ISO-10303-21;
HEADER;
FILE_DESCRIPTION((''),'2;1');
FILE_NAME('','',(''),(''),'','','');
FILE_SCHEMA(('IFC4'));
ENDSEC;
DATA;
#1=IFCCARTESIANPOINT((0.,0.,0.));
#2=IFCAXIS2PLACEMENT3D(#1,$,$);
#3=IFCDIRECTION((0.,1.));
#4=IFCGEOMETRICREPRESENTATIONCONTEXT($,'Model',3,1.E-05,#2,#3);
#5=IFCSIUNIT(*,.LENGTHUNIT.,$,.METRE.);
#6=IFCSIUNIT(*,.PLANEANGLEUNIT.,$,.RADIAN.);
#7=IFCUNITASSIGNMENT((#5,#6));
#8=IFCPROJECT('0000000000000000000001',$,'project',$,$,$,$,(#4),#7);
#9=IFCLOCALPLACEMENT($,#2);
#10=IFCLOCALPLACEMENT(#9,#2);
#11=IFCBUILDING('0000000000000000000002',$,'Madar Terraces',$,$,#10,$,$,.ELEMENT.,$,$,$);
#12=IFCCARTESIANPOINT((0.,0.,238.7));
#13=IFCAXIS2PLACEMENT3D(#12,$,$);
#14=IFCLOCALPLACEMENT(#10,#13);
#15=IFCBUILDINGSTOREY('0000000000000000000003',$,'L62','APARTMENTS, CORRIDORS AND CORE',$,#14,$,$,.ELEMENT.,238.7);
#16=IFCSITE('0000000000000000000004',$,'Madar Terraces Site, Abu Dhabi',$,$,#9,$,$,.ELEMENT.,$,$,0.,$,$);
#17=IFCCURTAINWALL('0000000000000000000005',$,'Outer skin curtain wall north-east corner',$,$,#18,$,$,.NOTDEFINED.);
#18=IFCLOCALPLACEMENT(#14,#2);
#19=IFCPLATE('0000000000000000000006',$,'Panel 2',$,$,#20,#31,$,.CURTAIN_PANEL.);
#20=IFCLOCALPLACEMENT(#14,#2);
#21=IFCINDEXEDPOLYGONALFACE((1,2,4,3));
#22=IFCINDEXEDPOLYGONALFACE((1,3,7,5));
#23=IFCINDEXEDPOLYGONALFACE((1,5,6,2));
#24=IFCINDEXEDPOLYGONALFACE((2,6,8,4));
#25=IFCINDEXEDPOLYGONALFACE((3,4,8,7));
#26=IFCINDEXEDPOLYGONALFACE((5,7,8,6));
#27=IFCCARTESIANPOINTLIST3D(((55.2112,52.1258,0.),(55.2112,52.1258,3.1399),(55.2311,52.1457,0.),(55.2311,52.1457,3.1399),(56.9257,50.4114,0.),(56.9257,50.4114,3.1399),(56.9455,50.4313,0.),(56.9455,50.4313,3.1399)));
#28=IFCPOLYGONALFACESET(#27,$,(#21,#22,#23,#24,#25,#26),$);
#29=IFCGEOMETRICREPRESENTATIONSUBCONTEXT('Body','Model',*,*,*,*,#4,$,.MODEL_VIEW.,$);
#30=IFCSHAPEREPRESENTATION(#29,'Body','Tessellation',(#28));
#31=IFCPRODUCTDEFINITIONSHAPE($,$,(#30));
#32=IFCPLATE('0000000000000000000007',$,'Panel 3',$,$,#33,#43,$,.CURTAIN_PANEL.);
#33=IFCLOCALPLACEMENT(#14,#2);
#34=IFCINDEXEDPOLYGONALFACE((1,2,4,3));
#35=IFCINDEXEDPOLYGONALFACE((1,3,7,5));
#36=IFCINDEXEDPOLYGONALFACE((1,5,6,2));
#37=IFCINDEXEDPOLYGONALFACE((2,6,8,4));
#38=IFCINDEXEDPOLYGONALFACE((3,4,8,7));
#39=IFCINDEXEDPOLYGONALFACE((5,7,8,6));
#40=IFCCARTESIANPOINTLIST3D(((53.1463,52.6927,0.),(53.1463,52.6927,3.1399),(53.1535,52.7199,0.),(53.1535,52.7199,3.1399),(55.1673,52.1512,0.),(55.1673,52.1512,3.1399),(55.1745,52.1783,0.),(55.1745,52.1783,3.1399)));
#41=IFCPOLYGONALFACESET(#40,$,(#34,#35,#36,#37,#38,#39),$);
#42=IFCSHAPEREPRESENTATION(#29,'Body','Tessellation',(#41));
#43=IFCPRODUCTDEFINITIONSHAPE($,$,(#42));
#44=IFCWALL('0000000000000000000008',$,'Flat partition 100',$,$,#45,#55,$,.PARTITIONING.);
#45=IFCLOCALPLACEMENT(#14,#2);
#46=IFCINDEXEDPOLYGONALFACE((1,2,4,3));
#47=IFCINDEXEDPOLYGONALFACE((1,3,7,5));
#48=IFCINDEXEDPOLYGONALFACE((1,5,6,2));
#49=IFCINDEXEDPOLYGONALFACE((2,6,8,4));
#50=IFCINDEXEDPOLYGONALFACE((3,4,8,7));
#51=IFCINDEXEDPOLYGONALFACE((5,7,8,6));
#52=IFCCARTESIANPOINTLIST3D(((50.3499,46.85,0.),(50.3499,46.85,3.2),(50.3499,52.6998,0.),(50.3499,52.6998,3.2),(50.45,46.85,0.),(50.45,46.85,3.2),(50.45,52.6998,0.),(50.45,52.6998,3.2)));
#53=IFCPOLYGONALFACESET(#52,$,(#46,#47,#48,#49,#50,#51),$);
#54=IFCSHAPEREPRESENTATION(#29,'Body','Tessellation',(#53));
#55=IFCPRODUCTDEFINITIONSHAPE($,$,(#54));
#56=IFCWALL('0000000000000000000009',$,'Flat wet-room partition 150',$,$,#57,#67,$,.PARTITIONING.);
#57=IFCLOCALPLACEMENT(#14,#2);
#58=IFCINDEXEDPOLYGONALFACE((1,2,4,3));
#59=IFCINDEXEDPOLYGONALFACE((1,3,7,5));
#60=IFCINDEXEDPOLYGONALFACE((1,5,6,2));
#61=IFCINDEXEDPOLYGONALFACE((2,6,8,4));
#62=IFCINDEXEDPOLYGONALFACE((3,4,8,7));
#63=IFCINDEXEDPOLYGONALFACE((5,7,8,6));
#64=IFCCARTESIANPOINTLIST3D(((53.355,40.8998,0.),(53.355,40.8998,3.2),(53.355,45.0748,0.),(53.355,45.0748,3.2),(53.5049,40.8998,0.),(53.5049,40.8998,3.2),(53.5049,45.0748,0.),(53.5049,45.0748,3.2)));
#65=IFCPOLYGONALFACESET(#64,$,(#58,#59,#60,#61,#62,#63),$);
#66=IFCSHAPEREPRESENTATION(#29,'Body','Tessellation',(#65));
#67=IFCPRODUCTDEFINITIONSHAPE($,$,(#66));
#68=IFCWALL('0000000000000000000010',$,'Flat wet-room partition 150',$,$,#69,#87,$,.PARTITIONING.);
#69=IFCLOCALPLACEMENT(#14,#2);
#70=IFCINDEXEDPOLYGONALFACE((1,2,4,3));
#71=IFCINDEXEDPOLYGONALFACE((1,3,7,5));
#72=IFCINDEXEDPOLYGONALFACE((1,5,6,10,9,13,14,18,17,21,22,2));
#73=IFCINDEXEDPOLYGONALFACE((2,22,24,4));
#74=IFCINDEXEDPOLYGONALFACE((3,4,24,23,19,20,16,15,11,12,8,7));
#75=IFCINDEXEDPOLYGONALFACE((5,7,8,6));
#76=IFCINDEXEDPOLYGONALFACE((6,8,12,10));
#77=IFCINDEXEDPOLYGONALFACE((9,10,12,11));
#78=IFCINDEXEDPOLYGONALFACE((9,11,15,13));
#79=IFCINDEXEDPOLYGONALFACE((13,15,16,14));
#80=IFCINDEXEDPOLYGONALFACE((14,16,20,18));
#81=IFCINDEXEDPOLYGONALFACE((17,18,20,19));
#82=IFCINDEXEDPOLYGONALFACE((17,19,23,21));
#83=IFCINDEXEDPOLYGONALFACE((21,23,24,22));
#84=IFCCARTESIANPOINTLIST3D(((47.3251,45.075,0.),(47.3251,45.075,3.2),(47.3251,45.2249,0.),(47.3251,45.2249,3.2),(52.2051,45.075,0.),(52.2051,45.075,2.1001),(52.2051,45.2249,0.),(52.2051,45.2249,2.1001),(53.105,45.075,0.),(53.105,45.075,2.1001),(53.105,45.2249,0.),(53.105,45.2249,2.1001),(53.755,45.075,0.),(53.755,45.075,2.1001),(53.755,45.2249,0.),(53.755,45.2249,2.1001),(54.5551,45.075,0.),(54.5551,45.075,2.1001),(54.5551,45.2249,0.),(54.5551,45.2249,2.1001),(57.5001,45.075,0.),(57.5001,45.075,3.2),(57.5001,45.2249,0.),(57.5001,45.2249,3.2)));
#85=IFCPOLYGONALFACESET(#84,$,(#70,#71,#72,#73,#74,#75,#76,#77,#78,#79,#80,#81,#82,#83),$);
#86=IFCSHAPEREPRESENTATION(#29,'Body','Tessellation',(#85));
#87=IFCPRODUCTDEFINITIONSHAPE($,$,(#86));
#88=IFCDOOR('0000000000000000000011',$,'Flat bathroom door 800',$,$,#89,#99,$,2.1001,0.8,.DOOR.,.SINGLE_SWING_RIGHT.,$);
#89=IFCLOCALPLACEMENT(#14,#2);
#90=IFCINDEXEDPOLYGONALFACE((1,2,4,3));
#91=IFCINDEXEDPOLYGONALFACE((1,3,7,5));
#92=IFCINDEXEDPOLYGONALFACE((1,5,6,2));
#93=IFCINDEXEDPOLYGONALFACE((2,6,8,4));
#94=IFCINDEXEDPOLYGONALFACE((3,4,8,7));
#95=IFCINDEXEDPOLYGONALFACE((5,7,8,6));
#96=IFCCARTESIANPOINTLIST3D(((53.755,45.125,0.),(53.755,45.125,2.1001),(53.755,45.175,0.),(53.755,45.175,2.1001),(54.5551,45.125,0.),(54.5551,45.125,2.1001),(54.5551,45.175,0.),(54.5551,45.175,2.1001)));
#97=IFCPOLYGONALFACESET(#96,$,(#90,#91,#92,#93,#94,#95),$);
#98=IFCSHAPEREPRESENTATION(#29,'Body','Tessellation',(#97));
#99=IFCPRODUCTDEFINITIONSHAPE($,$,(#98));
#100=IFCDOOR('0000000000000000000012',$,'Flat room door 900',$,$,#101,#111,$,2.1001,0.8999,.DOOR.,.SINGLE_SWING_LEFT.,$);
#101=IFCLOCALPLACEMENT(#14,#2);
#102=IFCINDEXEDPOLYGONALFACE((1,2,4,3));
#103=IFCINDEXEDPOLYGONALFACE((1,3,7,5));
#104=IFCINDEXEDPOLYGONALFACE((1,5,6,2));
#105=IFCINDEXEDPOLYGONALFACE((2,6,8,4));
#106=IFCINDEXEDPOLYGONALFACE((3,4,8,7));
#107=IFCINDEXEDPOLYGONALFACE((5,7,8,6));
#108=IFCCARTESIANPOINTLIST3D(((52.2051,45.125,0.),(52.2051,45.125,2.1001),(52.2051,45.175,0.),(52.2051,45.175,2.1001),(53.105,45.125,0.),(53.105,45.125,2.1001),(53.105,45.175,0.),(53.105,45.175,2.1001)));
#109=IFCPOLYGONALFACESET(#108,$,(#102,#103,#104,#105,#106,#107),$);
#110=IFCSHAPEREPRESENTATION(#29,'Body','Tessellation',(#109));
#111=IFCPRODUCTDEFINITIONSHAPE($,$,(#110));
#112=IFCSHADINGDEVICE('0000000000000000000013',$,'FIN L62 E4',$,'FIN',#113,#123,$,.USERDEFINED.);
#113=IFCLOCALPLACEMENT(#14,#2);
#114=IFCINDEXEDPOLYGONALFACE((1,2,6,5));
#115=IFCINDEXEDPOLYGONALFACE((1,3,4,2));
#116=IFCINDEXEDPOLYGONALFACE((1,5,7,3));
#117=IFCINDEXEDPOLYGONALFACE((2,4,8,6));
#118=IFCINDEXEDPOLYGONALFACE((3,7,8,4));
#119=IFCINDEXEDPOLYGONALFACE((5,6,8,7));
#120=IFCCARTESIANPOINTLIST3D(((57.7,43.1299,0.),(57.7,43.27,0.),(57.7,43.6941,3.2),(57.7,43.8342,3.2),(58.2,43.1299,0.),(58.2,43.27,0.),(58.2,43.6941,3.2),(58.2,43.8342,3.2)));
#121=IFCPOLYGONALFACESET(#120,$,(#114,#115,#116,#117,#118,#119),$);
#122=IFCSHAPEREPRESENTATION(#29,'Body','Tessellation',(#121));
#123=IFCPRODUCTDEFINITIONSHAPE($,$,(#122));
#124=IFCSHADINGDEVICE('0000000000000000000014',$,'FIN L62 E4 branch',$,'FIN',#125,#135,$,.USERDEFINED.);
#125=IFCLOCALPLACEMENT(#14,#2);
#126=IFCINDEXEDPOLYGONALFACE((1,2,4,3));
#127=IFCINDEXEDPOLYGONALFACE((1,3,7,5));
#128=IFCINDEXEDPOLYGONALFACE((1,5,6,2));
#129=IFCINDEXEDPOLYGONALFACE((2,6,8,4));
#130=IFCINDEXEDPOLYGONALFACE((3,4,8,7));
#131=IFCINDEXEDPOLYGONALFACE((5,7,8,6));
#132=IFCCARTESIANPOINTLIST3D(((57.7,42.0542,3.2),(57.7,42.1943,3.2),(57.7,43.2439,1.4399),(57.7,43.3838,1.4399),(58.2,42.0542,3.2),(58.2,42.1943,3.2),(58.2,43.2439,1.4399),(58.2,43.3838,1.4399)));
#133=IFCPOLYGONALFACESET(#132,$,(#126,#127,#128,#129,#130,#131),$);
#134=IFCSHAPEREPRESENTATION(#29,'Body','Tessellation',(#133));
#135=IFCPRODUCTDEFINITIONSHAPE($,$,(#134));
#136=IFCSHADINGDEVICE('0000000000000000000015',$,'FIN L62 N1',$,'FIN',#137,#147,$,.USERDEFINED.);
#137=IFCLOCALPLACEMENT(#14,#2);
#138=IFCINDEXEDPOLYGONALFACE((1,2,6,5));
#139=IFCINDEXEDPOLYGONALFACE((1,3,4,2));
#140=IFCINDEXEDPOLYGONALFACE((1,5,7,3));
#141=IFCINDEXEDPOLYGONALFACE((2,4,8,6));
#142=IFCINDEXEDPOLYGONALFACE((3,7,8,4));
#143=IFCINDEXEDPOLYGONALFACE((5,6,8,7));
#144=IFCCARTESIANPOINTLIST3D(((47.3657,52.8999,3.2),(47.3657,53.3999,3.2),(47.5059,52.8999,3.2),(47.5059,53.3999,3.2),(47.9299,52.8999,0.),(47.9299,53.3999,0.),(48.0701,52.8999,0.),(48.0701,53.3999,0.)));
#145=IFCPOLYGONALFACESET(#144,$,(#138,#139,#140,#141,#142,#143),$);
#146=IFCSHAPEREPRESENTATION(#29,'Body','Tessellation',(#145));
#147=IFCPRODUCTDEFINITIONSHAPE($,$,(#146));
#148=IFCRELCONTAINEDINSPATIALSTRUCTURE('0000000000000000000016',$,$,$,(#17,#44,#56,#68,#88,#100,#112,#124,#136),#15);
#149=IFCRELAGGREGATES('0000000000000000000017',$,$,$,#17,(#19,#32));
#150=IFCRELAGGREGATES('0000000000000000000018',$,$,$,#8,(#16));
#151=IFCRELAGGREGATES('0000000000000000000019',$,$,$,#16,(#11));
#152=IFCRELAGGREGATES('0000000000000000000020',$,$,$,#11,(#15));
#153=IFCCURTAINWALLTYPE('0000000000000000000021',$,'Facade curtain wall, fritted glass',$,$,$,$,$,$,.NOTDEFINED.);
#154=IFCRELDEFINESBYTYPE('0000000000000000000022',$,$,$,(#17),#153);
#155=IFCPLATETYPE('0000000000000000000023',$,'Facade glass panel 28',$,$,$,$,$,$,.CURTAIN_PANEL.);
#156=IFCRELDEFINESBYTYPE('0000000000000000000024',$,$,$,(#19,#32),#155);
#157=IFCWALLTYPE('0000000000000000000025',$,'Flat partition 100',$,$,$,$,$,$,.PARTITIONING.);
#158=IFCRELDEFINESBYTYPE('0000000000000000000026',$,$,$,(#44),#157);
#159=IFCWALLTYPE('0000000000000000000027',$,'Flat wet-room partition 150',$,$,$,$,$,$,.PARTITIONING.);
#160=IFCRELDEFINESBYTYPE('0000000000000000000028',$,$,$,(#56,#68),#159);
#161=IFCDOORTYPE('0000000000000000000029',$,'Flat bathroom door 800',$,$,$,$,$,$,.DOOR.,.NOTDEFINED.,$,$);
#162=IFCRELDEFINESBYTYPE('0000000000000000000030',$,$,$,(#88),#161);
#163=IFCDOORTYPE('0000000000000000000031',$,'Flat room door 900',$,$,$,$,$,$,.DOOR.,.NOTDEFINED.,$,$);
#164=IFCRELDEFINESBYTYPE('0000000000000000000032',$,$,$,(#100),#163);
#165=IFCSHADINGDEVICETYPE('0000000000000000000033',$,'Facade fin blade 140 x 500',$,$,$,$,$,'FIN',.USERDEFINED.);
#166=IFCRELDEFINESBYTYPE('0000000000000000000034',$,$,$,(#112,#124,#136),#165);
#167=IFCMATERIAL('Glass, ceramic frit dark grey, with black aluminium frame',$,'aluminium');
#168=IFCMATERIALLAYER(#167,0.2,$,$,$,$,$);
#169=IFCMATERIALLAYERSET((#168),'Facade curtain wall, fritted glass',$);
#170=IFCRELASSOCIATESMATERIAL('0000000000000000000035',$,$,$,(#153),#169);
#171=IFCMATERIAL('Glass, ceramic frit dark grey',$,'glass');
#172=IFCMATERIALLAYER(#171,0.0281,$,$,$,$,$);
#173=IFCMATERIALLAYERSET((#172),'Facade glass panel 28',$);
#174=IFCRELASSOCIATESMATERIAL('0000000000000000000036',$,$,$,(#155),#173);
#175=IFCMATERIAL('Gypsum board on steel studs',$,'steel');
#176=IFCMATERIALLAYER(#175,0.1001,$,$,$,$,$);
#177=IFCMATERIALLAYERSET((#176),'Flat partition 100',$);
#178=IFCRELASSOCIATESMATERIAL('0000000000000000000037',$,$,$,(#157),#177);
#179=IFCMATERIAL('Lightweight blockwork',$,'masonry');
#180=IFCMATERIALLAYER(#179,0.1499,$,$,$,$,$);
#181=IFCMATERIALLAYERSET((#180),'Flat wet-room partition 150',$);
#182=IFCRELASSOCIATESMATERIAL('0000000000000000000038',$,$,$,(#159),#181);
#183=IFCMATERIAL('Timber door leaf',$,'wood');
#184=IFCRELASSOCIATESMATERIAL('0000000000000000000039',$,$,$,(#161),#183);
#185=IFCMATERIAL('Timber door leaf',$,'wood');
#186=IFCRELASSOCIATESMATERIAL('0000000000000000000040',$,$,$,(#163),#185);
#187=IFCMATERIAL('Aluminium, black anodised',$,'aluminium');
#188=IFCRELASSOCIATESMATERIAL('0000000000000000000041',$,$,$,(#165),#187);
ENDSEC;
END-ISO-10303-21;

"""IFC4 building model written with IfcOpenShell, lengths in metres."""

from ifc_helpers import new_model, si_unit, direction, frame, frame_2d, origin, origin_2d, place, context, subcontext, project, spatial, polyline, rectangle, outline, extrude, material, layer, layer_set, type_object, element, fill, aggregate, save


model = new_model("IFC4")

# Units and contexts
model_context = context("Model", 3, precision=1e-05, world=origin(), true_north=direction((0.0, 1.0)))
body_context = subcontext(model_context, "Body", "Model", "MODEL_VIEW")
ifc_project = project(units=[si_unit("LENGTHUNIT", "METRE"), si_unit("PLANEANGLEUNIT", "RADIAN")], contexts=[model_context])

# Site, building, storey
site_placement = place(None, origin())
site = spatial("IfcSite", under=ifc_project, at=site_placement, Name="Madar Terraces Site, Abu Dhabi", CompositionType="ELEMENT", RefElevation=0.0)
building_placement = place(site_placement, origin())
building = spatial("IfcBuilding", under=site, at=building_placement, Name="Madar Terraces", CompositionType="ELEMENT")
storey_placement = place(building_placement, frame((0.0, 0.0, 238.7)))
storey = spatial("IfcBuildingStorey", under=building, at=storey_placement, Name="L62", Description="APARTMENTS, CORRIDORS AND CORE", CompositionType="ELEMENT", Elevation=238.7)

# Shared definitions
ifc_material_1 = material(Name="Glass, ceramic frit dark grey, with black aluminium frame", Category="aluminium")
ifc_layer_1 = layer(ifc_material_1, 0.2)
ifc_layer_set_1 = layer_set([ifc_layer_1], Name="Facade curtain wall, fritted glass")
curtain_wall_type = type_object("IfcCurtainWallType", Name="Facade curtain wall, fritted glass", PredefinedType="NOTDEFINED", material=ifc_layer_set_1)

# Curtain wall
curtain_wall_1_placement = place(storey_placement, origin())
curtain_wall_1 = element("IfcCurtainWall", 1, at=curtain_wall_1_placement, inside=storey, type_object=curtain_wall_type, Name="Outer skin curtain wall north-east corner", PredefinedType="NOTDEFINED")

# Plates
ifc_material_2 = material(Name="Glass, ceramic frit dark grey", Category="glass")
ifc_layer_2 = layer(ifc_material_2, 0.0281)
ifc_layer_set_2 = layer_set([ifc_layer_2], Name="Facade glass panel 28")
plate_type = type_object("IfcPlateType", Name="Facade glass panel 28", PredefinedType="CURTAIN_PANEL", material=ifc_layer_set_2)
plate_1_placement = place(storey_placement, frame((56.0784, 51.2786, 0.0), z_axis=(0.0, 0.0, 1.0), x_axis=(-0.707107, 0.707107, 0.0)))
plate_1 = element("IfcPlate", 2, at=plate_1_placement, type_object=plate_type, Name="Panel 2", PredefinedType="CURTAIN_PANEL", context=body_context, shape_type="SweptSolid", body=[
    extrude(rectangle(XDim=2.4246, YDim=0.0281, at=origin_2d()), origin(), (0.0, 0.0, 1.0), 3.1399),
])
plate_2_placement = place(storey_placement, frame((54.1604, 52.4355, 0.0), z_axis=(0.0, 0.0, 1.0), x_axis=(-0.965926, 0.258819, 0.0)))
plate_2 = element("IfcPlate", 3, at=plate_2_placement, type_object=plate_type, Name="Panel 3", PredefinedType="CURTAIN_PANEL", context=body_context, shape_type="SweptSolid", body=[
    extrude(rectangle(XDim=2.0923, YDim=0.0281, at=origin_2d()), origin(), (0.0, 0.0, 1.0), 3.1399),
])
aggregate(curtain_wall_1, [plate_1, plate_2])

# Walls
ifc_material_3 = material(Name="Gypsum board on steel studs", Category="steel")
ifc_layer_3 = layer(ifc_material_3, 0.1001)
ifc_layer_set_3 = layer_set([ifc_layer_3], Name="Flat partition 100")
wall_type_1 = type_object("IfcWallType", Name="Flat partition 100", PredefinedType="PARTITIONING", material=ifc_layer_set_3)
wall_1_placement = place(storey_placement, frame((50.3999, 46.8501, 0.0), z_axis=(0.0, 0.0, 1.0), x_axis=(0.0, 1.0, 0.0)))
element("IfcWall", 4, at=wall_1_placement, inside=storey, type_object=wall_type_1, Name="Flat partition 100", PredefinedType="PARTITIONING", context=body_context, shape_type="SweptSolid", body=[
    extrude(rectangle(XDim=5.8499, YDim=0.1001, at=frame_2d((2.9248, 0.0))), origin(), (0.0, 0.0, 1.0), 3.2),
])
ifc_material_4 = material(Name="Lightweight blockwork", Category="masonry")
ifc_layer_4 = layer(ifc_material_4, 0.1499)
ifc_layer_set_4 = layer_set([ifc_layer_4], Name="Flat wet-room partition 150")
wall_type_2 = type_object("IfcWallType", Name="Flat wet-room partition 150", PredefinedType="PARTITIONING", material=ifc_layer_set_4)
wall_2_placement = place(storey_placement, frame((53.4299, 40.8999, 0.0), z_axis=(0.0, 0.0, 1.0), x_axis=(0.0, 1.0, 0.0)))
element("IfcWall", 5, at=wall_2_placement, inside=storey, type_object=wall_type_2, Name="Flat wet-room partition 150", PredefinedType="PARTITIONING", context=body_context, shape_type="SweptSolid", body=[
    extrude(rectangle(XDim=4.175, YDim=0.1499, at=frame_2d((2.0874, 0.0))), origin(), (0.0, 0.0, 1.0), 3.2),
])

# Wall, openings, doors
wall_3_placement = place(storey_placement, frame((57.5, 45.1499, 0.0), z_axis=(0.0, 0.0, 1.0), x_axis=(-1.0, 0.0, 0.0)))
wall_3 = element("IfcWall", 6, at=wall_3_placement, inside=storey, type_object=wall_type_2, Name="Flat wet-room partition 150", PredefinedType="PARTITIONING", context=body_context, shape_type="SweptSolid", body=[
    extrude(rectangle(XDim=10.175, YDim=0.1499, at=frame_2d((5.0874, 0.0))), origin(), (0.0, 0.0, 1.0), 3.2),
])
opening_1_placement = place(wall_3_placement, frame((4.395, 0.0, 0.0)))
opening_1 = element("IfcOpeningElement", 7, at=opening_1_placement, cuts=wall_3, PredefinedType="OPENING", context=body_context, shape_type="SweptSolid", body=[
    extrude(rectangle(XDim=0.8999, YDim=2.1001, at=frame_2d((0.45, 1.05))), frame((0.0, 0.085, 0.0), z_axis=(0.0, -1.0, 0.0), x_axis=(1.0, 0.0, 0.0)), (0.0, 0.0, 1.0), 0.1699),
])
opening_2_placement = place(wall_3_placement, frame((2.9451, 0.0, 0.0)))
opening_2 = element("IfcOpeningElement", 8, at=opening_2_placement, cuts=wall_3, PredefinedType="OPENING", context=body_context, shape_type="SweptSolid", body=[
    extrude(rectangle(XDim=0.8, YDim=2.1001, at=frame_2d((0.3999, 1.05))), frame((0.0, 0.085, 0.0), z_axis=(0.0, -1.0, 0.0), x_axis=(1.0, 0.0, 0.0)), (0.0, 0.0, 1.0), 0.1699),
])
ifc_material_5 = material(Name="Timber door leaf", Category="wood")
door_type_1 = type_object("IfcDoorType", Name="Flat bathroom door 800", OperationType="NOTDEFINED", PredefinedType="DOOR", material=ifc_material_5)
door_1_placement = place(opening_2_placement, origin())
door_1 = element("IfcDoor", 9, at=door_1_placement, inside=storey, type_object=door_type_1, Name="Flat bathroom door 800", OperationType="SINGLE_SWING_RIGHT", OverallHeight=2.1001, OverallWidth=0.8, PredefinedType="DOOR", context=body_context, shape_type="SweptSolid", body=[
    extrude(rectangle(XDim=0.8, YDim=2.1001, at=frame_2d((0.3999, 1.05))), frame((0.0, 0.0249, 0.0), z_axis=(0.0, -1.0, 0.0), x_axis=(1.0, 0.0, 0.0)), (0.0, 0.0, 1.0), 0.05),
])
fill(opening_2, door_1)
ifc_material_6 = material(Name="Timber door leaf", Category="wood")
door_type_2 = type_object("IfcDoorType", Name="Flat room door 900", OperationType="NOTDEFINED", PredefinedType="DOOR", material=ifc_material_6)
door_2_placement = place(opening_1_placement, origin())
door_2 = element("IfcDoor", 10, at=door_2_placement, inside=storey, type_object=door_type_2, Name="Flat room door 900", OperationType="SINGLE_SWING_LEFT", OverallHeight=2.1001, OverallWidth=0.8999, PredefinedType="DOOR", context=body_context, shape_type="SweptSolid", body=[
    extrude(rectangle(XDim=0.8999, YDim=2.1001, at=frame_2d((0.45, 1.05))), frame((0.0, 0.0249, 0.0), z_axis=(0.0, -1.0, 0.0), x_axis=(1.0, 0.0, 0.0)), (0.0, 0.0, 1.0), 0.05),
])
fill(opening_1, door_2)

# Shading devices
ifc_material_7 = material(Name="Aluminium, black anodised", Category="aluminium")
shading_device_type = type_object("IfcShadingDeviceType", Name="Facade fin blade 140 x 500", ElementType="FIN", PredefinedType="USERDEFINED", material=ifc_material_7)
shading_device_1_placement = place(storey_placement, frame((57.95, 43.1299, 0.0), z_axis=(0.0, 0.0, 1.0), x_axis=(0.0, 1.0, 0.0)))
element("IfcShadingDevice", 11, at=shading_device_1_placement, inside=storey, type_object=shading_device_type, Name="FIN L62 E4", ObjectType="FIN", PredefinedType="USERDEFINED", context=body_context, shape_type="SweptSolid", body=[
    extrude(outline(polyline([(0.0, 0.0), (0.1401, 0.0), (0.7043, 3.2), (0.5642, 3.2), (0.0, 0.0)])), frame((0.0, 0.25, 0.0), z_axis=(0.0, -1.0, 0.0), x_axis=(1.0, 0.0, 0.0)), (0.0, 0.0, 1.0), 0.5),
])
shading_device_2_placement = place(storey_placement, frame((57.95, 43.2439, 1.4399), z_axis=(0.0, 0.0, 1.0), x_axis=(0.0, 1.0, 0.0)))
element("IfcShadingDevice", 12, at=shading_device_2_placement, inside=storey, type_object=shading_device_type, Name="FIN L62 E4 branch", ObjectType="FIN", PredefinedType="USERDEFINED", context=body_context, shape_type="SweptSolid", body=[
    extrude(outline(polyline([(0.0, 0.0), (0.1399, 0.0), (-1.0496, 1.76), (-1.1897, 1.76), (0.0, 0.0)])), frame((0.0, 0.25, 0.0), z_axis=(0.0, -1.0, 0.0), x_axis=(1.0, 0.0, 0.0)), (0.0, 0.0, 1.0), 0.5),
])
shading_device_3_placement = place(storey_placement, frame((48.0701, 53.1499, 0.0), z_axis=(0.0, 0.0, 1.0), x_axis=(-1.0, 0.0, 0.0)))
element("IfcShadingDevice", 13, at=shading_device_3_placement, inside=storey, type_object=shading_device_type, Name="FIN L62 N1", ObjectType="FIN", PredefinedType="USERDEFINED", context=body_context, shape_type="SweptSolid", body=[
    extrude(outline(polyline([(0.0, 0.0), (0.1401, 0.0), (0.7043, 3.2), (0.5642, 3.2), (0.0, 0.0)])), frame((0.0, 0.25, 0.0), z_axis=(0.0, -1.0, 0.0), x_axis=(1.0, 0.0, 0.0)), (0.0, 0.0, 1.0), 0.5),
])

save(model, "model.ifc")
